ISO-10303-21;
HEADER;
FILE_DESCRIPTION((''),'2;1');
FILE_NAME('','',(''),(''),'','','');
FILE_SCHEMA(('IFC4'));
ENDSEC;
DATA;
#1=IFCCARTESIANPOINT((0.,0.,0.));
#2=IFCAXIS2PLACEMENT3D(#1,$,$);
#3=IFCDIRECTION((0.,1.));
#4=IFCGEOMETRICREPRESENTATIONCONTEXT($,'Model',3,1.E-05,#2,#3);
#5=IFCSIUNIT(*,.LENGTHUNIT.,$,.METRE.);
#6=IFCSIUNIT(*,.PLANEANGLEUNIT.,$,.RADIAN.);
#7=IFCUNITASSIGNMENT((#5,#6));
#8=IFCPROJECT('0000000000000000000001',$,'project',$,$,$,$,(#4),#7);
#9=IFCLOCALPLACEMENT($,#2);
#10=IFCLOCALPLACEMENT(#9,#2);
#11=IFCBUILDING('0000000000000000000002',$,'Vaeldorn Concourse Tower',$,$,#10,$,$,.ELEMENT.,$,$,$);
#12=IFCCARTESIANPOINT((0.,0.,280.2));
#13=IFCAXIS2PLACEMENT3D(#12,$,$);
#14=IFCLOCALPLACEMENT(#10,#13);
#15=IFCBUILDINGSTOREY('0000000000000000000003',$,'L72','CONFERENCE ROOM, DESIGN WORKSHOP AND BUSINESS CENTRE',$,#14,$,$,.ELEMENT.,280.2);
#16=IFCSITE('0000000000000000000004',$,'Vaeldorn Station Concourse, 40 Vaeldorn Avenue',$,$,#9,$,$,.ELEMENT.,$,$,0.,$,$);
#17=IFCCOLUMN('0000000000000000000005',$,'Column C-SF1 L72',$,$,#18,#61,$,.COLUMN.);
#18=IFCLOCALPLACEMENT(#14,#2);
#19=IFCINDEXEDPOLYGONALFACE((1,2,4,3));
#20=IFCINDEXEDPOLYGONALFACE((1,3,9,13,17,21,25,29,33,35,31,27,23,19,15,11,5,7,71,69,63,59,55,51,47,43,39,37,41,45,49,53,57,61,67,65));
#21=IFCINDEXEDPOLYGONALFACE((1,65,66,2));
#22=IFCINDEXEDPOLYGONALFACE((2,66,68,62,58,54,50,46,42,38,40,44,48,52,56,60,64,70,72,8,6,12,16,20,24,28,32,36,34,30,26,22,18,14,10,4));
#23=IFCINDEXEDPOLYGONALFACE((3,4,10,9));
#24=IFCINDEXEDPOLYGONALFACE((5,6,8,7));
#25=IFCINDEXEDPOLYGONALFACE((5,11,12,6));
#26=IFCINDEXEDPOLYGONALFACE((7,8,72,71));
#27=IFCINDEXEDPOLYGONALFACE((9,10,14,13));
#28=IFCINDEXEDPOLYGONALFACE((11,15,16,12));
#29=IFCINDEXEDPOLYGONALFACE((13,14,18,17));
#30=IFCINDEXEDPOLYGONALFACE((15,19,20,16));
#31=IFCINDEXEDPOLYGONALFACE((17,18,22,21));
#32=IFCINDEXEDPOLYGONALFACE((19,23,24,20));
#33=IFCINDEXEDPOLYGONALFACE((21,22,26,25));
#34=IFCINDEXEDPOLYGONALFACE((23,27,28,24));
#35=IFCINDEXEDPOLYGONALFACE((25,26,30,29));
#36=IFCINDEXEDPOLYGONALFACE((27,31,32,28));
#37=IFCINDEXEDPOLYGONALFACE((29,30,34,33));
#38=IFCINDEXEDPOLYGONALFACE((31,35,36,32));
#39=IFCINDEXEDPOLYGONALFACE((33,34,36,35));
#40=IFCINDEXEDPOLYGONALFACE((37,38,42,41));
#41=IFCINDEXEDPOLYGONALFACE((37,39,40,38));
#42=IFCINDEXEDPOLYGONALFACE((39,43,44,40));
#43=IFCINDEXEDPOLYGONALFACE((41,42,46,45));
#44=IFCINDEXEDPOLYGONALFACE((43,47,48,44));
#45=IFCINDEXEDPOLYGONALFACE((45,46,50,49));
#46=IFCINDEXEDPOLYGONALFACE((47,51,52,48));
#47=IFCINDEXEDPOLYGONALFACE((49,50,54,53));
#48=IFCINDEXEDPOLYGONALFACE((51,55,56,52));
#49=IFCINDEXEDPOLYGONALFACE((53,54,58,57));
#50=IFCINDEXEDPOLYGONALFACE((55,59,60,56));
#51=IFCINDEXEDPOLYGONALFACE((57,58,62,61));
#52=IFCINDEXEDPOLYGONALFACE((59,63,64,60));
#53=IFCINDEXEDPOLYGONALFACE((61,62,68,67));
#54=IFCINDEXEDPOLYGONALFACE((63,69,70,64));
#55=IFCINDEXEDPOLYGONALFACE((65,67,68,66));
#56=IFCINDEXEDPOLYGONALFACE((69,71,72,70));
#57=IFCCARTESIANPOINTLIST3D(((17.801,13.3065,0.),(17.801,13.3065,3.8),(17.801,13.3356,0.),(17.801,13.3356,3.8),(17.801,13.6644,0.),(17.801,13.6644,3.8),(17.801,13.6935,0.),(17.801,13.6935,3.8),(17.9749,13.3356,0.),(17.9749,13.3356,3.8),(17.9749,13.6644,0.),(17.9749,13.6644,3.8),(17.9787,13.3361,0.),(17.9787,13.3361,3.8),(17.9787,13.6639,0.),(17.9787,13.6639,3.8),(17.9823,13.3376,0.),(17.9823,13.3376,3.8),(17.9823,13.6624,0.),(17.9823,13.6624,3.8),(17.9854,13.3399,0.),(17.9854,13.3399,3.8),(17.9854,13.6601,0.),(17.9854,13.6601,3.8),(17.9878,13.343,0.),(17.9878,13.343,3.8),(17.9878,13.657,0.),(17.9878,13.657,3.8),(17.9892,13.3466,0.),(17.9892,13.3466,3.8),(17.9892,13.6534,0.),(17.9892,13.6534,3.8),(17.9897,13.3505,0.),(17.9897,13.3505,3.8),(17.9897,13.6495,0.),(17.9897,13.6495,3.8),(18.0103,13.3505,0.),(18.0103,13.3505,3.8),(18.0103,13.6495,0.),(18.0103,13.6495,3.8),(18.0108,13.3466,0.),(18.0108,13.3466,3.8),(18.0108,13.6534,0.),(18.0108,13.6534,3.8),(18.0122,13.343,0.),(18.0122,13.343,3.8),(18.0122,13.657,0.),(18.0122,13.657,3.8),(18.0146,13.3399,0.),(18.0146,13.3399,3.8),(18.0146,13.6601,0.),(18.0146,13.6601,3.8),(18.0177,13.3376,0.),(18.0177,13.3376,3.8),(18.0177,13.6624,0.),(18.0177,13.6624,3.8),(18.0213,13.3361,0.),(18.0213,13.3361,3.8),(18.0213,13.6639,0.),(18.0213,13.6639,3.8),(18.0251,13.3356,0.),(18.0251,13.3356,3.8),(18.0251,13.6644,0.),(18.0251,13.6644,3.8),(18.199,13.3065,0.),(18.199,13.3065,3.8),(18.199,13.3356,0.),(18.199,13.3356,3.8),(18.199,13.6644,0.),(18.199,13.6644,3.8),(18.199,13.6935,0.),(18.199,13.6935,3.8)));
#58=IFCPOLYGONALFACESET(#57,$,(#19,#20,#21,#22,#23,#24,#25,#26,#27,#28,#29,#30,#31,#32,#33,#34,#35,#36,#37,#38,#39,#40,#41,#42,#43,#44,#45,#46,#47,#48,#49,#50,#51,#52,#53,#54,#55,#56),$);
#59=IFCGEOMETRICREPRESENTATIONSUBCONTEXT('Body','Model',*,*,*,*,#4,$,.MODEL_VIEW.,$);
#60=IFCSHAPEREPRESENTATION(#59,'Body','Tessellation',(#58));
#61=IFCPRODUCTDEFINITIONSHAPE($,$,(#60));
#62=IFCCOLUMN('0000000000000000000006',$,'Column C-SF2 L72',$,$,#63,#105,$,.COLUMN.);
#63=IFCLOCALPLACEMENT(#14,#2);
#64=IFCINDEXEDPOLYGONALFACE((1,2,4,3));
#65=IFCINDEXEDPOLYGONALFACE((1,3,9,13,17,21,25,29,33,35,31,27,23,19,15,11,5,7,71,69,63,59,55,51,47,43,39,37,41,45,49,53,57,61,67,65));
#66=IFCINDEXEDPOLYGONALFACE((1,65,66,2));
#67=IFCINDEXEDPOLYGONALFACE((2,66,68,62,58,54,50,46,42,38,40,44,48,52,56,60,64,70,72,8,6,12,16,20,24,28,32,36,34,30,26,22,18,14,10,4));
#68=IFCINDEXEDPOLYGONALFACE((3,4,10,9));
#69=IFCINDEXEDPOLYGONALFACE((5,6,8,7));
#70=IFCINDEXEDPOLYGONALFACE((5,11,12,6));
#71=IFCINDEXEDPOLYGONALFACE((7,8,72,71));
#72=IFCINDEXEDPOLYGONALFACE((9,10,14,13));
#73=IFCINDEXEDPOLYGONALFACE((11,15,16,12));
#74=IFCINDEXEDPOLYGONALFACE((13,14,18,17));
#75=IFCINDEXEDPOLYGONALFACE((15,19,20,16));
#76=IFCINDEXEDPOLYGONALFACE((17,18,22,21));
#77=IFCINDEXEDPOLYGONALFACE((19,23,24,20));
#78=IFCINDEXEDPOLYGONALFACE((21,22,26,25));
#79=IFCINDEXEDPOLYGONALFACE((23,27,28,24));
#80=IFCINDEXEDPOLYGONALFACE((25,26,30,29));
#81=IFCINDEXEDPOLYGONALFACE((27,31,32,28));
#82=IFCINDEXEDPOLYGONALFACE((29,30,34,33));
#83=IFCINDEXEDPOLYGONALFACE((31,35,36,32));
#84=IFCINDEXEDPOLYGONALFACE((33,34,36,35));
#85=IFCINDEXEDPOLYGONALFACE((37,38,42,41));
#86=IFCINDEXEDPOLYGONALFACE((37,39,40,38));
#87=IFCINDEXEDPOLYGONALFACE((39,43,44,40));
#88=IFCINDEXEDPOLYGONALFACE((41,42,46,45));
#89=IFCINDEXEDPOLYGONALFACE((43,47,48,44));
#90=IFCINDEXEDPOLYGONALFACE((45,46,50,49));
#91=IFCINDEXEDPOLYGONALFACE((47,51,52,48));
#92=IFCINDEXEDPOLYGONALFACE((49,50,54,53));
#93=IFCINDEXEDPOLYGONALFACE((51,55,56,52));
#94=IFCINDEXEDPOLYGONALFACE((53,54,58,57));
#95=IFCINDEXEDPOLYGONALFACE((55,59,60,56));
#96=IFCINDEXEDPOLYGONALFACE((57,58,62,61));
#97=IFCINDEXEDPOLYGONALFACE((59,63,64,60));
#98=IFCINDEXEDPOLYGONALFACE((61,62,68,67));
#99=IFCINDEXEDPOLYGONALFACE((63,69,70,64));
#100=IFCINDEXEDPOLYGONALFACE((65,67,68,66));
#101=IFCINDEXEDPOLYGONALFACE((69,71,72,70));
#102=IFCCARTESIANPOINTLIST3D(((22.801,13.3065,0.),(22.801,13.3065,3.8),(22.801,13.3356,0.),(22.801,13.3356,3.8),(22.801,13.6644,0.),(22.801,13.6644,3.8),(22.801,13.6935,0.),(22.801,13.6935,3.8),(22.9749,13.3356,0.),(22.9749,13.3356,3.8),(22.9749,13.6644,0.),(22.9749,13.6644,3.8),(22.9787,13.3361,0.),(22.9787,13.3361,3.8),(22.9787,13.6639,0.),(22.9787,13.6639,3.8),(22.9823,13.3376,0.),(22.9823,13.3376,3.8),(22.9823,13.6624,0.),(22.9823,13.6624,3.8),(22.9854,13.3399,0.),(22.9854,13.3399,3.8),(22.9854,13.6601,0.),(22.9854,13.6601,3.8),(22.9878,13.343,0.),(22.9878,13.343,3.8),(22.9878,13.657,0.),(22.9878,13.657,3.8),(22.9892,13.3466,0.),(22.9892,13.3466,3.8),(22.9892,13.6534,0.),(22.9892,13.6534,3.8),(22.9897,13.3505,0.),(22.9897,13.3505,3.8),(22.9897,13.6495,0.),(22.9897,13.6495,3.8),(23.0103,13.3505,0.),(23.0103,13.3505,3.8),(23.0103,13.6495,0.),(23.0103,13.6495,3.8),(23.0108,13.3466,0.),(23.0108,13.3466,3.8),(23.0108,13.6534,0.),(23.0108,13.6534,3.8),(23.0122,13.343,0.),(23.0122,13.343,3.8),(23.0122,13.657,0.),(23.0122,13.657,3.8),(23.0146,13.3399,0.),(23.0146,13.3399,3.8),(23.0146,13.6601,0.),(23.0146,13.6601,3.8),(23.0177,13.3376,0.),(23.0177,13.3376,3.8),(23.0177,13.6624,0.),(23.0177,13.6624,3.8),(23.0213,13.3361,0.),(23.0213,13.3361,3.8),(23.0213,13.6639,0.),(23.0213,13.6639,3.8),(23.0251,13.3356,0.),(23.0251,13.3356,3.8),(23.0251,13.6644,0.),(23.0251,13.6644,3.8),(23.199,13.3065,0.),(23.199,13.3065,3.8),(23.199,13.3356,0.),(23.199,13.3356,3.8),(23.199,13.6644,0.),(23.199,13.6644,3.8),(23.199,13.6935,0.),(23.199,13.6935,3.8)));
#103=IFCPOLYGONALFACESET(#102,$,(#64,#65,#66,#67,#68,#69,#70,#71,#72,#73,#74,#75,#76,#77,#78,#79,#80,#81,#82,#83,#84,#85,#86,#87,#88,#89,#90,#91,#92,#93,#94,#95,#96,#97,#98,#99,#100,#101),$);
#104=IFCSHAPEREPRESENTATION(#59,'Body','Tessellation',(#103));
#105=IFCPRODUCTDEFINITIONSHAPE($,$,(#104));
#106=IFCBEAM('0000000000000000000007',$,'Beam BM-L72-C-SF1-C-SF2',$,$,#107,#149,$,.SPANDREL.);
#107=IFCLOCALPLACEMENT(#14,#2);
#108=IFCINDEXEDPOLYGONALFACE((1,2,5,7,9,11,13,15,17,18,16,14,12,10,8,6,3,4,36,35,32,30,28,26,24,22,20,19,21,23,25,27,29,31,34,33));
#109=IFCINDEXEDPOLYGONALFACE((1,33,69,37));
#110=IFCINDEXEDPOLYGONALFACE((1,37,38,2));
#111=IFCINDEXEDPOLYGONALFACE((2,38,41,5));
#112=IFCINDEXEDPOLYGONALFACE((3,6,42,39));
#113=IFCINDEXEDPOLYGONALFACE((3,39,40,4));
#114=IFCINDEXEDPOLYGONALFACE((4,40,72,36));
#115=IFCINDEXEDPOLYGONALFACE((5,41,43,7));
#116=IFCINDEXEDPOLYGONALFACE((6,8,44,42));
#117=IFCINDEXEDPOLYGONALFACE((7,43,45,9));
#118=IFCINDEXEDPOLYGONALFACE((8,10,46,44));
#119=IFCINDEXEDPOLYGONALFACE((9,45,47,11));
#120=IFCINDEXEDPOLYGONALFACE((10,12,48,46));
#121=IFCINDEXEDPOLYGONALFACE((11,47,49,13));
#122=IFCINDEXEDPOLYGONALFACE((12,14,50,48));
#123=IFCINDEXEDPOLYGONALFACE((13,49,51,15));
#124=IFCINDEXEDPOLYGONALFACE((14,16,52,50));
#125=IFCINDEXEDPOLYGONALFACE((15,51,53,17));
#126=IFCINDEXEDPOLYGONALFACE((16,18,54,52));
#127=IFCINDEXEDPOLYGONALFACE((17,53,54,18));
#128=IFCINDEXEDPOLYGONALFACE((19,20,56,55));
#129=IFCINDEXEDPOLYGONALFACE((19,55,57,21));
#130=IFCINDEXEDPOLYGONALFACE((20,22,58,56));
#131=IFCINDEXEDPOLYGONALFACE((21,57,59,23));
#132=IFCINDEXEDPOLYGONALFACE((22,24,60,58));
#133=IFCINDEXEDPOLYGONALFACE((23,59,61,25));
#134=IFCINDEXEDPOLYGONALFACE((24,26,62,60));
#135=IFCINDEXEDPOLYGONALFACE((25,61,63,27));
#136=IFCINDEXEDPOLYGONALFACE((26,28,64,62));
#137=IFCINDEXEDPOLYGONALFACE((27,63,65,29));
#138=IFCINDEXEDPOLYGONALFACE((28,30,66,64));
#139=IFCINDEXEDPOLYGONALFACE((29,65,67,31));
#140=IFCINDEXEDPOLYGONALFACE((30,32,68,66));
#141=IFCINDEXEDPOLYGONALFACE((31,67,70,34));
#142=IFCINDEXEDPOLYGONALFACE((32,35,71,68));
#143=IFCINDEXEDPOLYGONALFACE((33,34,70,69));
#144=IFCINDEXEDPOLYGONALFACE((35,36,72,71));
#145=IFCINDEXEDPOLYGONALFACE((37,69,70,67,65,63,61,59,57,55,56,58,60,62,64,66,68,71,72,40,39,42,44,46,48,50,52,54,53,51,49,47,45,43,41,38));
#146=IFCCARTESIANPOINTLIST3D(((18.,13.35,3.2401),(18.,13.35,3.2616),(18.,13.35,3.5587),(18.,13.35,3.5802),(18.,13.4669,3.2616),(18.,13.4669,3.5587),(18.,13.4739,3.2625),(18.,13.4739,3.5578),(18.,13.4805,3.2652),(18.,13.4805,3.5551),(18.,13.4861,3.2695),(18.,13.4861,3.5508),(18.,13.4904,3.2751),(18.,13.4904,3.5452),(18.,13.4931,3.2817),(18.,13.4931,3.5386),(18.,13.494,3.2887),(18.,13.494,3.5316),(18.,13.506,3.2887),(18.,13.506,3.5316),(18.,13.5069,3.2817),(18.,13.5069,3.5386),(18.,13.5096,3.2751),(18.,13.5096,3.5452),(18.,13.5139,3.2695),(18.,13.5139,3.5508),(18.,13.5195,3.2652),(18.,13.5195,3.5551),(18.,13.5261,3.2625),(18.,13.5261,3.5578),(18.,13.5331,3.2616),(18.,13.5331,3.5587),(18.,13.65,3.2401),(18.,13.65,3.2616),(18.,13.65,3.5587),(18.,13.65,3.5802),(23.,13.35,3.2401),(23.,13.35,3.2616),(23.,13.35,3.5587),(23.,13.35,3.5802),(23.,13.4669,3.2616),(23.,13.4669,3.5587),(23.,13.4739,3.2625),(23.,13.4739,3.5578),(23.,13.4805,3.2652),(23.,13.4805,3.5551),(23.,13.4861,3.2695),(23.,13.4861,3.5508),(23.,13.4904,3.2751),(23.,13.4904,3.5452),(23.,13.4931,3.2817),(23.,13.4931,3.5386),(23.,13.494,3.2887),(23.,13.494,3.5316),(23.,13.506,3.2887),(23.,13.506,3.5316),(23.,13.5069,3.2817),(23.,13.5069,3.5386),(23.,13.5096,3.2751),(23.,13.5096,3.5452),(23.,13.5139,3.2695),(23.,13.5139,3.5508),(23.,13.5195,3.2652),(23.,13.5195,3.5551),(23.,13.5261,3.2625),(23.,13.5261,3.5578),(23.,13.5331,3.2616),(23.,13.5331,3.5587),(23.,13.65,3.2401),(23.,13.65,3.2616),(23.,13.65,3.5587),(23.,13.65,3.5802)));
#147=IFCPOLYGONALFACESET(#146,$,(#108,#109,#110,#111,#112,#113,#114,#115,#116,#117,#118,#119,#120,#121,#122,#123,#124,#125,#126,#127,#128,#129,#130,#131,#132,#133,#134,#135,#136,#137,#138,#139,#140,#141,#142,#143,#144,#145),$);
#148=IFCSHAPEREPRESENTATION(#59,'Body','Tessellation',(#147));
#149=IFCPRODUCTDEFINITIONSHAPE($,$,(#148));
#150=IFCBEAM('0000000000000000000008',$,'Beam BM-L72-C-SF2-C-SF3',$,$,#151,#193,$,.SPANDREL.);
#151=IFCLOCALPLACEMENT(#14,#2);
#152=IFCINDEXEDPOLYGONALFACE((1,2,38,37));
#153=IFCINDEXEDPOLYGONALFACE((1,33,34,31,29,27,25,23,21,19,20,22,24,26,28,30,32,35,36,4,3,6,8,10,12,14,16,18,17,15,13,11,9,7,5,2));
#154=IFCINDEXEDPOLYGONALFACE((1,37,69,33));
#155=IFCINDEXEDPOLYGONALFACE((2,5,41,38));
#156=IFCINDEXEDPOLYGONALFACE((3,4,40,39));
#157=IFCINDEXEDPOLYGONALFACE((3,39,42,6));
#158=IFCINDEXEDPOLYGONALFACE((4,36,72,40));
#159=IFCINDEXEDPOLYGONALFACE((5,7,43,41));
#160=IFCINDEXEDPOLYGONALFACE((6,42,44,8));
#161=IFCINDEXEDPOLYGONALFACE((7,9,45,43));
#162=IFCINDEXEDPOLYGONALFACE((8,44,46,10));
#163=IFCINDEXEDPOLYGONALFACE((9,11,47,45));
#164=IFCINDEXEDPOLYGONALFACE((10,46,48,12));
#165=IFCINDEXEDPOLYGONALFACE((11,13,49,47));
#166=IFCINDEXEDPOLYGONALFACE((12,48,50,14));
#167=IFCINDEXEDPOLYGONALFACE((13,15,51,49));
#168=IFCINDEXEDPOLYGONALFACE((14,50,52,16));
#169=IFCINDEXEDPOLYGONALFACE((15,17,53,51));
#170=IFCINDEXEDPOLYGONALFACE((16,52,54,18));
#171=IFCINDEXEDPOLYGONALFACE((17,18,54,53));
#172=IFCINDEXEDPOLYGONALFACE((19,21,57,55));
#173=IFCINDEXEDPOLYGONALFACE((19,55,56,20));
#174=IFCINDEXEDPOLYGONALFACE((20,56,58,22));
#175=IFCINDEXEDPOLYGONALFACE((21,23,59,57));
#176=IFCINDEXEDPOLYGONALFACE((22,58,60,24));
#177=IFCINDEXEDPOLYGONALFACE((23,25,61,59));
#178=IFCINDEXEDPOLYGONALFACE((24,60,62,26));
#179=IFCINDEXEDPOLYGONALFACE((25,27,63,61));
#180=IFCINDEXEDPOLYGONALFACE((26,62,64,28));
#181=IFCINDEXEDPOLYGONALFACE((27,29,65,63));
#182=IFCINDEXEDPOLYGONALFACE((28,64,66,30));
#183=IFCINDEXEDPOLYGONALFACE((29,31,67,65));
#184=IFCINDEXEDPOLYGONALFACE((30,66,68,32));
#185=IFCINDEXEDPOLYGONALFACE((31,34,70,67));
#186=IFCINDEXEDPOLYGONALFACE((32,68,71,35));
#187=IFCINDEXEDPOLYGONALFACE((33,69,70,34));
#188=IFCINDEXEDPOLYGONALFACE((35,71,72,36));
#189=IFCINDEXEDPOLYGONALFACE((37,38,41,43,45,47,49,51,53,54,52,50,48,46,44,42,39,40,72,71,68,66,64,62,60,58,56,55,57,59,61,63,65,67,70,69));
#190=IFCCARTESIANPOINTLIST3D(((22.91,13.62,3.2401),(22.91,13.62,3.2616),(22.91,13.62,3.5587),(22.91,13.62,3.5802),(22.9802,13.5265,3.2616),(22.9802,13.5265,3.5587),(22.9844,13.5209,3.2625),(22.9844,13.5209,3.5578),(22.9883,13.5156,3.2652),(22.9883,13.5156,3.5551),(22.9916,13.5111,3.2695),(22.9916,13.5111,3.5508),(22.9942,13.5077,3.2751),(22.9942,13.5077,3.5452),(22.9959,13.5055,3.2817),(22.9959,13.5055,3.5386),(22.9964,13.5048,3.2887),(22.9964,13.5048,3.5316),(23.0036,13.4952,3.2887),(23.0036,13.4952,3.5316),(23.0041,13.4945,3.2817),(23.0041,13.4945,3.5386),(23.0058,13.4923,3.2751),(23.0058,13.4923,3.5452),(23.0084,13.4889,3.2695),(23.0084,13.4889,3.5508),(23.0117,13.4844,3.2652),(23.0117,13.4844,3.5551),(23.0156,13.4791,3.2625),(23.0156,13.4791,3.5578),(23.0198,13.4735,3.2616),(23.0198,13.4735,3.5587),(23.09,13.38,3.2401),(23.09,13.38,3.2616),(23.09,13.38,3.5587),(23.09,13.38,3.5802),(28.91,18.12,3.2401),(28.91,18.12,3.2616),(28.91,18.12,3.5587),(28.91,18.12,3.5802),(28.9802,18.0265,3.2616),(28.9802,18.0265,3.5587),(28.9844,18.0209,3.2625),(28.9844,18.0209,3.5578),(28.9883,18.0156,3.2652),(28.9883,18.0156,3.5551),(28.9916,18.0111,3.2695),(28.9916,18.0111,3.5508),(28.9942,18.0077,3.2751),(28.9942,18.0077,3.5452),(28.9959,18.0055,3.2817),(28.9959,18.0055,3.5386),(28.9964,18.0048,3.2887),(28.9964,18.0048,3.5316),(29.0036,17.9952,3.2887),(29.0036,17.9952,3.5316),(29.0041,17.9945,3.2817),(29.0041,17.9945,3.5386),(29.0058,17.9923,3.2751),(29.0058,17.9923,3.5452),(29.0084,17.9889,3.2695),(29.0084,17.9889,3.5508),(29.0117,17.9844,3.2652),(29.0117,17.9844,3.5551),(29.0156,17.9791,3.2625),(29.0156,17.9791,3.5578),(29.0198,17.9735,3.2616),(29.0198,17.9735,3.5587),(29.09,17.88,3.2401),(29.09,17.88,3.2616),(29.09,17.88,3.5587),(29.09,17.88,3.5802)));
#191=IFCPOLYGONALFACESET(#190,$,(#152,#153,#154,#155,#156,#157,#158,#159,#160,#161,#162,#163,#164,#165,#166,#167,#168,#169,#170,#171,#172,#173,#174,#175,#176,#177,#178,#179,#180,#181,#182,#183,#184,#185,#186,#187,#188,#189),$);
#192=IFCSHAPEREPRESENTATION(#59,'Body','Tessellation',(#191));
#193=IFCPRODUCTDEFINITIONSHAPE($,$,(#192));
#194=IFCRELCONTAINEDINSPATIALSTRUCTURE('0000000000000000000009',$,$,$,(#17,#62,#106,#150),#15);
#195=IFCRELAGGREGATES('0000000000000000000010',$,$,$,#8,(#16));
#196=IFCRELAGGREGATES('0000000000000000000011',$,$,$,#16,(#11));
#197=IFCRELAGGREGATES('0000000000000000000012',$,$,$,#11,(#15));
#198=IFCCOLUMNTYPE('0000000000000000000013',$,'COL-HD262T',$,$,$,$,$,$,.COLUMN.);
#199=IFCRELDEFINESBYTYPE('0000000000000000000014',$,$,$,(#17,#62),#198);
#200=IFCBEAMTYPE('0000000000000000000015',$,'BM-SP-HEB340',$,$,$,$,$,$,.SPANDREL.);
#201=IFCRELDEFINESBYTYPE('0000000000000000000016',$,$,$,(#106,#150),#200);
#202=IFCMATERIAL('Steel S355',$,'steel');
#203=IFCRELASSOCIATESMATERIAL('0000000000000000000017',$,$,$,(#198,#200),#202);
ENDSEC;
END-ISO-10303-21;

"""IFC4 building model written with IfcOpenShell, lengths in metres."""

from ifc_helpers import new_model, si_unit, direction, frame, origin, origin_2d, place, context, subcontext, project, spatial, i_section, extrude, source, transform, mapped, material, material_profile, profile_set, type_object, element, save


model = new_model("IFC4")

# Units and contexts
model_context = context("Model", 3, precision=1e-05, world=origin(), true_north=direction((0.0, 1.0)))
body_context = subcontext(model_context, "Body", "Model", "MODEL_VIEW")
ifc_project = project(units=[si_unit("LENGTHUNIT", "METRE"), si_unit("PLANEANGLEUNIT", "RADIAN")], contexts=[model_context])

# Site, building, storey
site_placement = place(None, origin())
site = spatial("IfcSite", under=ifc_project, at=site_placement, Name="Vaeldorn Station Concourse, 40 Vaeldorn Avenue", CompositionType="ELEMENT", RefElevation=0.0)
building_placement = place(site_placement, origin())
building = spatial("IfcBuilding", under=site, at=building_placement, Name="Vaeldorn Concourse Tower", CompositionType="ELEMENT")
storey_placement = place(building_placement, frame((0.0, 0.0, 280.2)))
storey = spatial("IfcBuildingStorey", under=building, at=storey_placement, Name="L72", Description="CONFERENCE ROOM, DESIGN WORKSHOP AND BUSINESS CENTRE", CompositionType="ELEMENT", Elevation=280.2)

# Columns
ifc_material_1 = material(Name="Steel S355", Category="steel")
ifc_material_profile_1 = material_profile(ifc_material_1, i_section(OverallWidth=0.3979, OverallDepth=0.387, WebThickness=0.0205, FlangeThickness=0.0291, FilletRadius=0.0149, at=origin_2d()), Name="HD 400x262")
ifc_profile_set_1 = profile_set([ifc_material_profile_1], Name="Steel S355")
column_type = type_object("IfcColumnType", Name="COL-HD262T", PredefinedType="COLUMN", material=ifc_profile_set_1)
shared_shape_1 = source(origin(), body_context, "Body", "SweptSolid", [
    extrude(i_section(OverallWidth=0.3979, OverallDepth=0.387, WebThickness=0.0205, FlangeThickness=0.0291, FilletRadius=0.0149, at=origin_2d()), origin(), (0.0, 0.0, 1.0), 3.8),
])
for number, where, z_axis, x_axis, name in (
    (1, (18.0, 13.5, 0.0), (0.0, 0.0, 1.0), (1.0, 0.0, 0.0), "Column C-SF1 L72"),
    (2, (23.0, 13.5, 0.0), (0.0, 0.0, 1.0), (1.0, 0.0, 0.0), "Column C-SF2 L72"),
):
    element("IfcColumn", number, at=place(storey_placement, frame(where, z_axis=z_axis, x_axis=x_axis)), inside=storey, type_object=column_type, Name=name, PredefinedType="COLUMN", context=body_context, shape_type="MappedRepresentation", body=[
        mapped(shared_shape_1, transform((0.0, 0.0, 0.0), scale=1.0)),
    ])

# Beams
ifc_material_profile_2 = material_profile(ifc_material_1, i_section(OverallWidth=0.3, OverallDepth=0.3401, WebThickness=0.012, FlangeThickness=0.0215, FilletRadius=0.0271, at=origin_2d()), Name="HEB 340")
ifc_profile_set_2 = profile_set([ifc_material_profile_2], Name="Steel S355")
beam_type_1 = type_object("IfcBeamType", Name="BM-SP-HEB340", PredefinedType="SPANDREL", material=ifc_profile_set_2)
shared_shape_2 = source(origin(), body_context, "Body", "SweptSolid", [
    extrude(i_section(OverallWidth=0.3, OverallDepth=0.3401, WebThickness=0.012, FlangeThickness=0.0215, FilletRadius=0.0271, at=origin_2d()), origin(), (0.0, 0.0, 1.0), 5.0),
])
beam_1_placement = place(storey_placement, frame((18.0, 13.5, 3.4102), z_axis=(1.0, 0.0, 0.0), x_axis=(0.0, 1.0, 0.0)))
element("IfcBeam", 3, at=beam_1_placement, inside=storey, type_object=beam_type_1, Name="Beam BM-L72-C-SF1-C-SF2", PredefinedType="SPANDREL", context=body_context, shape_type="MappedRepresentation", body=[
    mapped(shared_shape_2, transform((0.0, 0.0, 0.0), scale=1.0)),
])
shared_shape_3 = source(origin(), body_context, "Body", "SweptSolid", [
    extrude(i_section(OverallWidth=0.3, OverallDepth=0.3401, WebThickness=0.012, FlangeThickness=0.0215, FilletRadius=0.0271, at=origin_2d()), origin(), (0.0, 0.0, 1.0), 7.5),
])
beam_2_placement = place(storey_placement, frame((23.0, 13.5, 3.4102), z_axis=(0.8, 0.6, 0.0), x_axis=(-0.6, 0.8, 0.0)))
element("IfcBeam", 4, at=beam_2_placement, inside=storey, type_object=beam_type_1, Name="Beam BM-L72-C-SF2-C-SF3", PredefinedType="SPANDREL", context=body_context, shape_type="MappedRepresentation", body=[
    mapped(shared_shape_3, transform((0.0, 0.0, 0.0), scale=1.0)),
])

save(model, "model.ifc")
